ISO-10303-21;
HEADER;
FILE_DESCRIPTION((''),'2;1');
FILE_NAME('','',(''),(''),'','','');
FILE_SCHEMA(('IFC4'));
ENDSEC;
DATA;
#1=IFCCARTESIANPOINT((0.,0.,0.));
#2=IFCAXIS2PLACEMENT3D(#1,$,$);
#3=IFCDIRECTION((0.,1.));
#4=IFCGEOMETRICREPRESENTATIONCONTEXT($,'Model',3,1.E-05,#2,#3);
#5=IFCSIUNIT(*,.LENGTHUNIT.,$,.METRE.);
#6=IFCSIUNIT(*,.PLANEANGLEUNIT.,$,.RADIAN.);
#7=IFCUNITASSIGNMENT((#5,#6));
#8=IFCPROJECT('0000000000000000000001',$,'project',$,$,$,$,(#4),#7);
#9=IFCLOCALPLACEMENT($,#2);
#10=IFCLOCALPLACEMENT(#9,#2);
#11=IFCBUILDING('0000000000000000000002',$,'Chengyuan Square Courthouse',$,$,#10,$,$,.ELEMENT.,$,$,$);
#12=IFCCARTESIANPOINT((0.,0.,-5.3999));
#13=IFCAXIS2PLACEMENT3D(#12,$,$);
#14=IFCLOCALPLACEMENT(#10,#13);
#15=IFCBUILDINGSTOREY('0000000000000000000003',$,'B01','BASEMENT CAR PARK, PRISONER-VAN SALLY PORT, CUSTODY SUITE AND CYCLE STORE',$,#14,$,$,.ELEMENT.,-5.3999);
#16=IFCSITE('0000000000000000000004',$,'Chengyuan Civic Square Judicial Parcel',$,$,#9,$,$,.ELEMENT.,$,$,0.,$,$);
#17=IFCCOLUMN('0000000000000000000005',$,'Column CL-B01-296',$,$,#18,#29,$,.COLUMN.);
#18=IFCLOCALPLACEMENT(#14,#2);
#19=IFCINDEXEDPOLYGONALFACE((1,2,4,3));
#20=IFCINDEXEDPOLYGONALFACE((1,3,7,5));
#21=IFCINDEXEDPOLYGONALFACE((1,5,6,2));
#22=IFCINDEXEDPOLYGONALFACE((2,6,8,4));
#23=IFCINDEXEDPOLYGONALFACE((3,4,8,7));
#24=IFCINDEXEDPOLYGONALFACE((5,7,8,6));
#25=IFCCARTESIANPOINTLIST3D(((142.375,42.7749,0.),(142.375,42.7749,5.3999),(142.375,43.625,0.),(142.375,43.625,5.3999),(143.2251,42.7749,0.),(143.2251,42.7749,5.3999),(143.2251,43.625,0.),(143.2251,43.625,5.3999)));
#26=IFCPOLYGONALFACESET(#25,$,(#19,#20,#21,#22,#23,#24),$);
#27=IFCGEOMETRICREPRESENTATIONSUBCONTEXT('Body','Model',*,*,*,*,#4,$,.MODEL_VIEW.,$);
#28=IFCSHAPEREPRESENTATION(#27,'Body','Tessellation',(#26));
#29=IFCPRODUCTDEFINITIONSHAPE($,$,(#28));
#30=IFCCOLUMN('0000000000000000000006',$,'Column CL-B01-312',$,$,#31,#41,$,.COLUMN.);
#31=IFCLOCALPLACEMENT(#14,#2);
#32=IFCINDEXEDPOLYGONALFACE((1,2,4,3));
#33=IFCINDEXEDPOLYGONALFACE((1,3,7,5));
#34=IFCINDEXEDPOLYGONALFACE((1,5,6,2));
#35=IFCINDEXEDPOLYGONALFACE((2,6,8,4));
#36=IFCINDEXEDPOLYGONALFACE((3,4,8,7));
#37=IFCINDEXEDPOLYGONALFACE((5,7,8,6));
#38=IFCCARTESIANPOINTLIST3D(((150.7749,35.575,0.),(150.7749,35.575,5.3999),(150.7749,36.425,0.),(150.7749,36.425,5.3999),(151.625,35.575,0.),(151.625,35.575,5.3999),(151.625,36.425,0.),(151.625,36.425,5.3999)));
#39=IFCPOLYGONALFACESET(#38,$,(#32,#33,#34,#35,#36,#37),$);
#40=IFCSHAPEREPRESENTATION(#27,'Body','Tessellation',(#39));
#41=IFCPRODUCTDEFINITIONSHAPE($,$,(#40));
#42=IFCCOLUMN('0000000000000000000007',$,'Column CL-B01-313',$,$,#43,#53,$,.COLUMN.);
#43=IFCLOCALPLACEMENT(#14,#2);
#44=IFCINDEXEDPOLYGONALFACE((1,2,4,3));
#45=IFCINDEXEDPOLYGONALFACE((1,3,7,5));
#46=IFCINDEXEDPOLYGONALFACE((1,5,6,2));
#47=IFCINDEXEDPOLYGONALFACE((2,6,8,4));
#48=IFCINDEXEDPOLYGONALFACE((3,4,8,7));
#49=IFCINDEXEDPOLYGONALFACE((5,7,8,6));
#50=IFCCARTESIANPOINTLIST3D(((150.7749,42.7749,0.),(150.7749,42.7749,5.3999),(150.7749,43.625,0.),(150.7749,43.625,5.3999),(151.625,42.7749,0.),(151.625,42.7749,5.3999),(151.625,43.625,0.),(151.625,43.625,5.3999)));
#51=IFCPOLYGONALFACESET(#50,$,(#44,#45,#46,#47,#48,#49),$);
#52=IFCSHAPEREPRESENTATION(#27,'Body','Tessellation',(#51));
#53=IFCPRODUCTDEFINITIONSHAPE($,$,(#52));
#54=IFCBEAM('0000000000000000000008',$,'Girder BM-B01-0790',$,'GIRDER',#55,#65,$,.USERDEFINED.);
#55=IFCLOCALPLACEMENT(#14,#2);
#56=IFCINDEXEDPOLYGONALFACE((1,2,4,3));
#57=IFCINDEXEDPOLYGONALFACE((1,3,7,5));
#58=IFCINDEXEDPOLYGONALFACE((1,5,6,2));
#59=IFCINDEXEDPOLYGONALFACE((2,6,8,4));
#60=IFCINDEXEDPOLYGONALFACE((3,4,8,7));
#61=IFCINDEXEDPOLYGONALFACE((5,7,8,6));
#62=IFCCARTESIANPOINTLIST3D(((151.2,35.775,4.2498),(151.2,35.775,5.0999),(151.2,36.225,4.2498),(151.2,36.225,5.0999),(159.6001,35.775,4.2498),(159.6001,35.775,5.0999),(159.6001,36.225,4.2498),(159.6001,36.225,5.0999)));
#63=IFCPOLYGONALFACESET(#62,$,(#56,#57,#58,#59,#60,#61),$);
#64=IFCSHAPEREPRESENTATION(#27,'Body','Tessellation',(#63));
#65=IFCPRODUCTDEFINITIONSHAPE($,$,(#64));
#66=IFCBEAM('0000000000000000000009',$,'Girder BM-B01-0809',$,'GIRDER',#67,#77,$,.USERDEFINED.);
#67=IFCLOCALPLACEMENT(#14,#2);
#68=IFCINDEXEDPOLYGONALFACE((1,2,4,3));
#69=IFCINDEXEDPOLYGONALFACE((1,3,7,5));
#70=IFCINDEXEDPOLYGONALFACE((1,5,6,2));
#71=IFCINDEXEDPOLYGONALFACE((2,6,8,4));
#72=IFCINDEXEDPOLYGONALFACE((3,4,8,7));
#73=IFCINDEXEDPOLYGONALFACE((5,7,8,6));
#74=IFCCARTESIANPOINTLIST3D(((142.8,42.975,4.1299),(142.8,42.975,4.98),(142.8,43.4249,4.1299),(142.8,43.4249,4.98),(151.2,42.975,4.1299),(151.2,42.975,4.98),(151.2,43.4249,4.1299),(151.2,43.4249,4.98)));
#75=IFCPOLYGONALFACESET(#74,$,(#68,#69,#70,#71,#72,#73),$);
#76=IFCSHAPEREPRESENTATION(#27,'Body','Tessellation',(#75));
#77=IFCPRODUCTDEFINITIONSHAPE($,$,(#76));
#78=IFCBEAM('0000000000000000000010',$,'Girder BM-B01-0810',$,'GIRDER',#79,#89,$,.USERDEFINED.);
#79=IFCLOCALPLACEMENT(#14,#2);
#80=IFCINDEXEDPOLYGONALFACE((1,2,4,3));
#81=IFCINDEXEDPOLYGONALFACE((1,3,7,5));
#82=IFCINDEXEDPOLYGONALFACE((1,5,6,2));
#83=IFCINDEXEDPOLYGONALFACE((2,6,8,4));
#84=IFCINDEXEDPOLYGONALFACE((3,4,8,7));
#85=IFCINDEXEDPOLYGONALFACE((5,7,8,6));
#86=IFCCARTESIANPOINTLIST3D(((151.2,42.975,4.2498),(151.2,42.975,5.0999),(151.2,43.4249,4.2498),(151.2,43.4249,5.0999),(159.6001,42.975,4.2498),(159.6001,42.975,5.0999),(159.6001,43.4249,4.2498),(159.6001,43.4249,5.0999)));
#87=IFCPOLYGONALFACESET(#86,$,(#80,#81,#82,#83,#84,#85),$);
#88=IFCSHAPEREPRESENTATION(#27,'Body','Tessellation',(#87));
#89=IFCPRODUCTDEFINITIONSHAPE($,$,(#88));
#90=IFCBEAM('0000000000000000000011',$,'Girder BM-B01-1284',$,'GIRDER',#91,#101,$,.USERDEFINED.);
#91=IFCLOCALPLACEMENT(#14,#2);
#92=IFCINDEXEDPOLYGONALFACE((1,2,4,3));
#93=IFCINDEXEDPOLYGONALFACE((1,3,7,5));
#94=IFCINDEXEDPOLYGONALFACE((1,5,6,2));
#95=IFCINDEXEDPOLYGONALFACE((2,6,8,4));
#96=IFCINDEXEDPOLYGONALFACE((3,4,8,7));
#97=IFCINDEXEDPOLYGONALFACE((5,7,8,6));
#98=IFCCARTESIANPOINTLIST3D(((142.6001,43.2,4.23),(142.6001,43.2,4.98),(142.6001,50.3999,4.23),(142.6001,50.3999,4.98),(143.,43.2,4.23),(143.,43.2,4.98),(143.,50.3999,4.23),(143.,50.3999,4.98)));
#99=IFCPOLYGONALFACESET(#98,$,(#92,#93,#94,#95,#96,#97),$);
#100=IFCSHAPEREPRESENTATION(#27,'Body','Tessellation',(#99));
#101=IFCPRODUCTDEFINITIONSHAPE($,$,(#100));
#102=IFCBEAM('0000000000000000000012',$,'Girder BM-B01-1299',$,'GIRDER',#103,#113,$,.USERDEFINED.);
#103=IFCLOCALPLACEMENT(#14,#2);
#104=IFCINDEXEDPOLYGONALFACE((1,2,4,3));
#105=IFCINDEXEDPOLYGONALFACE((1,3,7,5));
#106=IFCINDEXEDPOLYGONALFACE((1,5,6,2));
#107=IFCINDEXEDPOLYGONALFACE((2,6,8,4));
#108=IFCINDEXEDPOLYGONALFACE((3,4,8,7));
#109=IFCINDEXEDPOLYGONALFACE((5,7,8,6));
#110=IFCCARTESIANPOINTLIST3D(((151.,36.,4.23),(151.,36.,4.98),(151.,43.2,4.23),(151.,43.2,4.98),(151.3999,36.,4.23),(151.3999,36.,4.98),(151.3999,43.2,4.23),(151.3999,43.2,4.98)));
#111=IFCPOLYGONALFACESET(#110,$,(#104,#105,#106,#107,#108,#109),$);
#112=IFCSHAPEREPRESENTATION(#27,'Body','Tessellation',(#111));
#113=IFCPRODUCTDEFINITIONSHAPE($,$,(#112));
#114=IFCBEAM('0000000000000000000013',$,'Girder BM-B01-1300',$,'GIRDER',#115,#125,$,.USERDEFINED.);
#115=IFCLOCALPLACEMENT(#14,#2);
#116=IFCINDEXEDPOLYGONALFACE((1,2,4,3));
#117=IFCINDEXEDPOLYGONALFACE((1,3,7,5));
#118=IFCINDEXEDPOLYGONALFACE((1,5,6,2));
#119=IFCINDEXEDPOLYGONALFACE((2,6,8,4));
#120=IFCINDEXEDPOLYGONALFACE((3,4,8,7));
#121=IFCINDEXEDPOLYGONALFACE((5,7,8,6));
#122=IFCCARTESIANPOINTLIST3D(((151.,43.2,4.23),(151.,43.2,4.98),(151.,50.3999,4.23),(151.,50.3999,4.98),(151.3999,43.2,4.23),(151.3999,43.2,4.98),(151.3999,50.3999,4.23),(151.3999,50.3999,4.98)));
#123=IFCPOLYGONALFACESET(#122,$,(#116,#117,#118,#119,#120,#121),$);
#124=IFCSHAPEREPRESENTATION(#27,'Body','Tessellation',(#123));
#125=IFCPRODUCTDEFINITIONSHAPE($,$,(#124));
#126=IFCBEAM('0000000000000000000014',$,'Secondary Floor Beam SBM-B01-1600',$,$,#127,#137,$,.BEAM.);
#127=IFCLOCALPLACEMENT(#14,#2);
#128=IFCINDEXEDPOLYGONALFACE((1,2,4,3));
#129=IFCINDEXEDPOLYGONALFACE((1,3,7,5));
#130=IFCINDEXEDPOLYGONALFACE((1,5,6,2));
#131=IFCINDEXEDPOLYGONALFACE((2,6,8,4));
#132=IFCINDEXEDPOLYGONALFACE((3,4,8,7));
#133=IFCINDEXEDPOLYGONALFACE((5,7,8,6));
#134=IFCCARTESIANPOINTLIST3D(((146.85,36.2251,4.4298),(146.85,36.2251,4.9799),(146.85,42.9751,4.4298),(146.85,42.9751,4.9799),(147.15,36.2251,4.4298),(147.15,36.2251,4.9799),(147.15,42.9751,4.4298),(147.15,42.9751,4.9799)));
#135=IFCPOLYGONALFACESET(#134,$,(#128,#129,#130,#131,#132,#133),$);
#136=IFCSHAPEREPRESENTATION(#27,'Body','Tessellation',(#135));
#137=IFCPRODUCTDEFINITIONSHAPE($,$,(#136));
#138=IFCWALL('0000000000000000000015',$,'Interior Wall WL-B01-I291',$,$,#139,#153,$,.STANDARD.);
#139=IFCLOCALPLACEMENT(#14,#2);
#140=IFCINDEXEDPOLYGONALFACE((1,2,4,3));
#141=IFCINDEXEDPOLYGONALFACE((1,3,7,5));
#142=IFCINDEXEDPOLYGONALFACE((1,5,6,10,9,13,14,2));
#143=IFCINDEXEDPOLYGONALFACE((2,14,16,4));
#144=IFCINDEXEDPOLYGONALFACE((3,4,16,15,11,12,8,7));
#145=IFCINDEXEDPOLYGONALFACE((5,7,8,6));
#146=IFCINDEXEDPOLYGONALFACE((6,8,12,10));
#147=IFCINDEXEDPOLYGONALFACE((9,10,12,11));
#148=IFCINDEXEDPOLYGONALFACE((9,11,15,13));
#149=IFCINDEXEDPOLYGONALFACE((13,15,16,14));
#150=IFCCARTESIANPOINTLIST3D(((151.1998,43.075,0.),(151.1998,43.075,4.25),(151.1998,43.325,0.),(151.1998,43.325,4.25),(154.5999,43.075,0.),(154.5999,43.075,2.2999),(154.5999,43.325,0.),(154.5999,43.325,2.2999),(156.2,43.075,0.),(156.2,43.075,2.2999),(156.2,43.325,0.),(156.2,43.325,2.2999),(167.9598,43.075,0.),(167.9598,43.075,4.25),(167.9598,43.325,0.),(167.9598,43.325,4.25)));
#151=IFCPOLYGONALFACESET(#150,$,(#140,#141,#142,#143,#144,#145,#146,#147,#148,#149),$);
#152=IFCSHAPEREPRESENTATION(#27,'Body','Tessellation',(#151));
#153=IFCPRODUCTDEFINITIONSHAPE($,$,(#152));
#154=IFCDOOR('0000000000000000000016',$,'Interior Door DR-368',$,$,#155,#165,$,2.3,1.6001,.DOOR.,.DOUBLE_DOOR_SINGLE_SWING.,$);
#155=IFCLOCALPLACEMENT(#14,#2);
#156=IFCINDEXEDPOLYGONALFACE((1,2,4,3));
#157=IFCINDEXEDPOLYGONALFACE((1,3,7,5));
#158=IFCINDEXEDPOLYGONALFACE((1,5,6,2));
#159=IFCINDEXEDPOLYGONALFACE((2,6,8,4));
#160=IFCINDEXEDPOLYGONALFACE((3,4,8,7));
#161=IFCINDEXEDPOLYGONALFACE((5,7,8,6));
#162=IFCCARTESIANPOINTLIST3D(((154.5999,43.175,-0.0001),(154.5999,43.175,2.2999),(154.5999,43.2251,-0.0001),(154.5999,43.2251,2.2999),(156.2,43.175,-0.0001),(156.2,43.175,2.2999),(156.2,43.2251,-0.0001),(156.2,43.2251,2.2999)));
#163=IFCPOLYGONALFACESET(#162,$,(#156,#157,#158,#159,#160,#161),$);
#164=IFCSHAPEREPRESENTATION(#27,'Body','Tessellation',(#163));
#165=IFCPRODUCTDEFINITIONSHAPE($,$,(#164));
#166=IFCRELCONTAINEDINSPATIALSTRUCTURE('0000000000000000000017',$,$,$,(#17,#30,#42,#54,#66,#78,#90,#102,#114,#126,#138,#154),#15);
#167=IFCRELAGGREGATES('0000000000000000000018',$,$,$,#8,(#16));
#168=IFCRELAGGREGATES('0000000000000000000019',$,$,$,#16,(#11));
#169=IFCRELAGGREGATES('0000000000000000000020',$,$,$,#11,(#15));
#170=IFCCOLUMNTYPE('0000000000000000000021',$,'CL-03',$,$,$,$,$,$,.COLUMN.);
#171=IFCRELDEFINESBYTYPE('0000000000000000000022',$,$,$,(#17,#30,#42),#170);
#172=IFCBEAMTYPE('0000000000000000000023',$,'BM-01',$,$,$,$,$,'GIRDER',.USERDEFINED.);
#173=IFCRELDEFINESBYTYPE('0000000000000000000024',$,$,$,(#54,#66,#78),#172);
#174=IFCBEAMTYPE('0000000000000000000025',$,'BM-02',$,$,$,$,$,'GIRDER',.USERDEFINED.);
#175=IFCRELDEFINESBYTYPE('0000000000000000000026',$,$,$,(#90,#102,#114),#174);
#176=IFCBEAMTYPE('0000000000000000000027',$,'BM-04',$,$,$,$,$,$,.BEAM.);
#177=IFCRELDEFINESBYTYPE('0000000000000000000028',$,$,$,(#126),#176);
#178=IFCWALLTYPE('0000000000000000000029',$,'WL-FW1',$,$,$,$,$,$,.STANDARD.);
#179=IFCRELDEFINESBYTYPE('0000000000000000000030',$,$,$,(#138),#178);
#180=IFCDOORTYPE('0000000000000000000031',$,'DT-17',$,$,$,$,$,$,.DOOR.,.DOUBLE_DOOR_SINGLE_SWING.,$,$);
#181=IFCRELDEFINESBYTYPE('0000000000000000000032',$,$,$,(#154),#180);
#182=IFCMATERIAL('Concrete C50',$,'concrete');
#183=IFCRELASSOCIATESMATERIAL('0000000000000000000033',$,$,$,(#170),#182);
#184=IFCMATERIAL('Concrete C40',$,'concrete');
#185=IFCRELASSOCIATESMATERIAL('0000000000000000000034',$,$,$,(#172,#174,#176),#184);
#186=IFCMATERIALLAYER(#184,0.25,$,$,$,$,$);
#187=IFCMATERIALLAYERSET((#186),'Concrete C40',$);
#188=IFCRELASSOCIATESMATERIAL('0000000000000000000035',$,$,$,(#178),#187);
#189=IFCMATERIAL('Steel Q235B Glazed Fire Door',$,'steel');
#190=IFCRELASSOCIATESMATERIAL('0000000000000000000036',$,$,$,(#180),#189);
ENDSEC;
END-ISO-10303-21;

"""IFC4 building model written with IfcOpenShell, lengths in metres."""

from ifc_helpers import new_model, si_unit, direction, frame, frame_2d, origin, origin_2d, place, context, subcontext, project, spatial, rectangle, extrude, material, layer, layer_set, material_profile, profile_set, type_object, element, fill, save


model = new_model("IFC4")

# Units and contexts
model_context = context("Model", 3, precision=1e-05, world=origin(), true_north=direction((0.0, 1.0)))
body_context = subcontext(model_context, "Body", "Model", "MODEL_VIEW")
ifc_project = project(units=[si_unit("LENGTHUNIT", "METRE"), si_unit("PLANEANGLEUNIT", "RADIAN")], contexts=[model_context])

# Site, building, storey
site_placement = place(None, origin())
site = spatial("IfcSite", under=ifc_project, at=site_placement, Name="Chengyuan Civic Square Judicial Parcel", CompositionType="ELEMENT", RefElevation=0.0)
building_placement = place(site_placement, origin())
building = spatial("IfcBuilding", under=site, at=building_placement, Name="Chengyuan Square Courthouse", CompositionType="ELEMENT")
storey_placement = place(building_placement, frame((0.0, 0.0, -5.3999)))
storey = spatial("IfcBuildingStorey", under=building, at=storey_placement, Name="B01", Description="BASEMENT CAR PARK, PRISONER-VAN SALLY PORT, CUSTODY SUITE AND CYCLE STORE", CompositionType="ELEMENT", Elevation=-5.3999)

# Columns
ifc_material_1 = material(Name="Concrete C50", Category="concrete")
ifc_material_profile_1 = material_profile(ifc_material_1, rectangle(XDim=0.8501, YDim=0.8501, at=origin_2d()), Name="RC-COL-850x850")
ifc_profile_set_1 = profile_set([ifc_material_profile_1], Name="Concrete C50")
column_type = type_object("IfcColumnType", Name="CL-03", PredefinedType="COLUMN", material=ifc_profile_set_1)
for number, where, z_axis, x_axis, name in (
    (1, (142.8, 43.2, 0.0), (0.0, 0.0, 1.0), (1.0, 0.0, 0.0), "Column CL-B01-296"),
    (2, (151.2, 36.0, 0.0), (0.0, 0.0, 1.0), (1.0, 0.0, 0.0), "Column CL-B01-312"),
    (3, (151.2, 43.2, 0.0), (0.0, 0.0, 1.0), (1.0, 0.0, 0.0), "Column CL-B01-313"),
):
    element("IfcColumn", number, at=place(storey_placement, frame(where, z_axis=z_axis, x_axis=x_axis)), inside=storey, type_object=column_type, Name=name, PredefinedType="COLUMN", context=body_context, shape_type="SweptSolid", body=[
        extrude(rectangle(XDim=0.8501, YDim=0.8501, at=origin_2d()), origin(), (0.0, 0.0, 1.0), 5.3999),
    ])

# Beams
ifc_material_2 = material(Name="Concrete C40", Category="concrete")
ifc_material_profile_2 = material_profile(ifc_material_2, rectangle(XDim=0.45, YDim=0.8501, at=origin_2d()), Name="RC-BM-450x850")
ifc_profile_set_2 = profile_set([ifc_material_profile_2], Name="Concrete C40")
beam_type_1 = type_object("IfcBeamType", Name="BM-01", ElementType="GIRDER", PredefinedType="USERDEFINED", material=ifc_profile_set_2)
beam_1_placement = place(storey_placement, frame((151.2, 36.0, 4.6748), z_axis=(1.0, 0.0, 0.0), x_axis=(0.0, 1.0, 0.0)))
element("IfcBeam", 4, at=beam_1_placement, inside=storey, type_object=beam_type_1, Name="Girder BM-B01-0790", ObjectType="GIRDER", PredefinedType="USERDEFINED", context=body_context, shape_type="SweptSolid", body=[
    extrude(rectangle(XDim=0.45, YDim=0.8501, at=origin_2d()), origin(), (0.0, 0.0, 1.0), 8.4001),
])
beam_2_placement = place(storey_placement, frame((142.8, 43.2, 4.5549), z_axis=(1.0, 0.0, 0.0), x_axis=(0.0, 1.0, 0.0)))
element("IfcBeam", 5, at=beam_2_placement, inside=storey, type_object=beam_type_1, Name="Girder BM-B01-0809", ObjectType="GIRDER", PredefinedType="USERDEFINED", context=body_context, shape_type="SweptSolid", body=[
    extrude(rectangle(XDim=0.45, YDim=0.8501, at=origin_2d()), origin(), (0.0, 0.0, 1.0), 8.3999),
])
beam_3_placement = place(storey_placement, frame((151.2, 43.2, 4.6748), z_axis=(1.0, 0.0, 0.0), x_axis=(0.0, 1.0, 0.0)))
element("IfcBeam", 6, at=beam_3_placement, inside=storey, type_object=beam_type_1, Name="Girder BM-B01-0810", ObjectType="GIRDER", PredefinedType="USERDEFINED", context=body_context, shape_type="SweptSolid", body=[
    extrude(rectangle(XDim=0.45, YDim=0.8501, at=origin_2d()), origin(), (0.0, 0.0, 1.0), 8.4001),
])
ifc_material_profile_3 = material_profile(ifc_material_2, rectangle(XDim=0.3999, YDim=0.75, at=origin_2d()), Name="RC-BM-400x750")
ifc_profile_set_3 = profile_set([ifc_material_profile_3], Name="Concrete C40")
beam_type_2 = type_object("IfcBeamType", Name="BM-02", ElementType="GIRDER", PredefinedType="USERDEFINED", material=ifc_profile_set_3)
for number, where, z_axis, x_axis, name in (
    (7, (142.8, 43.2, 4.605), (0.0, 1.0, 0.0), (-1.0, 0.0, 0.0), "Girder BM-B01-1284"),
    (8, (151.2, 36.0, 4.605), (0.0, 1.0, 0.0), (-1.0, 0.0, 0.0), "Girder BM-B01-1299"),
    (9, (151.2, 43.2, 4.605), (0.0, 1.0, 0.0), (-1.0, 0.0, 0.0), "Girder BM-B01-1300"),
):
    element("IfcBeam", number, at=place(storey_placement, frame(where, z_axis=z_axis, x_axis=x_axis)), inside=storey, type_object=beam_type_2, Name=name, ObjectType="GIRDER", PredefinedType="USERDEFINED", context=body_context, shape_type="SweptSolid", body=[
        extrude(rectangle(XDim=0.3999, YDim=0.75, at=origin_2d()), origin(), (0.0, 0.0, 1.0), 7.2),
    ])
ifc_material_profile_4 = material_profile(ifc_material_2, rectangle(XDim=0.3, YDim=0.55, at=origin_2d()), Name="RC-BM-300x550")
ifc_profile_set_4 = profile_set([ifc_material_profile_4], Name="Concrete C40")
beam_type_3 = type_object("IfcBeamType", Name="BM-04", PredefinedType="BEAM", material=ifc_profile_set_4)
beam_4_placement = place(storey_placement, frame((147.0, 36.2251, 4.7048), z_axis=(0.0, 1.0, 0.0), x_axis=(-1.0, 0.0, 0.0)))
element("IfcBeam", 10, at=beam_4_placement, inside=storey, type_object=beam_type_3, Name="Secondary Floor Beam SBM-B01-1600", PredefinedType="BEAM", context=body_context, shape_type="SweptSolid", body=[
    extrude(rectangle(XDim=0.3, YDim=0.55, at=origin_2d()), origin(), (0.0, 0.0, 1.0), 6.75),
])

# Wall, opening, door
ifc_layer_1 = layer(ifc_material_2, 0.25)
ifc_layer_set_1 = layer_set([ifc_layer_1], Name="Concrete C40")
wall_type_1 = type_object("IfcWallType", Name="WL-FW1", PredefinedType="STANDARD", material=ifc_layer_set_1)
wall_1_placement = place(storey_placement, frame((151.2, 43.2, 0.0), z_axis=(0.0, 0.0, 1.0), x_axis=(1.0, 0.0, 0.0)))
wall_1 = element("IfcWall", 11, at=wall_1_placement, inside=storey, type_object=wall_type_1, Name="Interior Wall WL-B01-I291", PredefinedType="STANDARD", context=body_context, shape_type="SweptSolid", body=[
    extrude(rectangle(XDim=16.76, YDim=0.25, at=frame_2d((8.3799, 0.0))), origin(), (0.0, 0.0, 1.0), 4.25),
])
opening_1_placement = place(wall_1_placement, frame((3.3999, 0.0, 0.0)))
opening_1 = element("IfcOpeningElement", 12, at=opening_1_placement, cuts=wall_1, PredefinedType="OPENING", context=body_context, shape_type="SweptSolid", body=[
    extrude(rectangle(XDim=1.6001, YDim=2.3, at=frame_2d((0.8, 1.1499))), frame((0.0, 0.137, 0.0), z_axis=(0.0, -1.0, 0.0), x_axis=(1.0, 0.0, 0.0)), (0.0, 0.0, 1.0), 0.2739),
])
ifc_material_3 = material(Name="Steel Q235B Glazed Fire Door", Category="steel")
door_type_1 = type_object("IfcDoorType", Name="DT-17", OperationType="DOUBLE_DOOR_SINGLE_SWING", PredefinedType="DOOR", material=ifc_material_3)
door_1_placement = place(opening_1_placement, frame((1.6001, 0.0, 0.0), z_axis=(0.0, 0.0, 1.0), x_axis=(-1.0, 0.0, 0.0)))
door_1 = element("IfcDoor", 13, at=door_1_placement, inside=storey, type_object=door_type_1, Name="Interior Door DR-368", OperationType="DOUBLE_DOOR_SINGLE_SWING", OverallHeight=2.3, OverallWidth=1.6001, PredefinedType="DOOR", context=body_context, shape_type="SweptSolid", body=[
    extrude(rectangle(XDim=1.6001, YDim=2.3, at=frame_2d((0.8, 1.1499))), frame((0.0, 0.0249, 0.0), z_axis=(0.0, -1.0, 0.0), x_axis=(1.0, 0.0, 0.0)), (0.0, 0.0, 1.0), 0.05),
])
fill(opening_1, door_1)

save(model, "model.ifc")
